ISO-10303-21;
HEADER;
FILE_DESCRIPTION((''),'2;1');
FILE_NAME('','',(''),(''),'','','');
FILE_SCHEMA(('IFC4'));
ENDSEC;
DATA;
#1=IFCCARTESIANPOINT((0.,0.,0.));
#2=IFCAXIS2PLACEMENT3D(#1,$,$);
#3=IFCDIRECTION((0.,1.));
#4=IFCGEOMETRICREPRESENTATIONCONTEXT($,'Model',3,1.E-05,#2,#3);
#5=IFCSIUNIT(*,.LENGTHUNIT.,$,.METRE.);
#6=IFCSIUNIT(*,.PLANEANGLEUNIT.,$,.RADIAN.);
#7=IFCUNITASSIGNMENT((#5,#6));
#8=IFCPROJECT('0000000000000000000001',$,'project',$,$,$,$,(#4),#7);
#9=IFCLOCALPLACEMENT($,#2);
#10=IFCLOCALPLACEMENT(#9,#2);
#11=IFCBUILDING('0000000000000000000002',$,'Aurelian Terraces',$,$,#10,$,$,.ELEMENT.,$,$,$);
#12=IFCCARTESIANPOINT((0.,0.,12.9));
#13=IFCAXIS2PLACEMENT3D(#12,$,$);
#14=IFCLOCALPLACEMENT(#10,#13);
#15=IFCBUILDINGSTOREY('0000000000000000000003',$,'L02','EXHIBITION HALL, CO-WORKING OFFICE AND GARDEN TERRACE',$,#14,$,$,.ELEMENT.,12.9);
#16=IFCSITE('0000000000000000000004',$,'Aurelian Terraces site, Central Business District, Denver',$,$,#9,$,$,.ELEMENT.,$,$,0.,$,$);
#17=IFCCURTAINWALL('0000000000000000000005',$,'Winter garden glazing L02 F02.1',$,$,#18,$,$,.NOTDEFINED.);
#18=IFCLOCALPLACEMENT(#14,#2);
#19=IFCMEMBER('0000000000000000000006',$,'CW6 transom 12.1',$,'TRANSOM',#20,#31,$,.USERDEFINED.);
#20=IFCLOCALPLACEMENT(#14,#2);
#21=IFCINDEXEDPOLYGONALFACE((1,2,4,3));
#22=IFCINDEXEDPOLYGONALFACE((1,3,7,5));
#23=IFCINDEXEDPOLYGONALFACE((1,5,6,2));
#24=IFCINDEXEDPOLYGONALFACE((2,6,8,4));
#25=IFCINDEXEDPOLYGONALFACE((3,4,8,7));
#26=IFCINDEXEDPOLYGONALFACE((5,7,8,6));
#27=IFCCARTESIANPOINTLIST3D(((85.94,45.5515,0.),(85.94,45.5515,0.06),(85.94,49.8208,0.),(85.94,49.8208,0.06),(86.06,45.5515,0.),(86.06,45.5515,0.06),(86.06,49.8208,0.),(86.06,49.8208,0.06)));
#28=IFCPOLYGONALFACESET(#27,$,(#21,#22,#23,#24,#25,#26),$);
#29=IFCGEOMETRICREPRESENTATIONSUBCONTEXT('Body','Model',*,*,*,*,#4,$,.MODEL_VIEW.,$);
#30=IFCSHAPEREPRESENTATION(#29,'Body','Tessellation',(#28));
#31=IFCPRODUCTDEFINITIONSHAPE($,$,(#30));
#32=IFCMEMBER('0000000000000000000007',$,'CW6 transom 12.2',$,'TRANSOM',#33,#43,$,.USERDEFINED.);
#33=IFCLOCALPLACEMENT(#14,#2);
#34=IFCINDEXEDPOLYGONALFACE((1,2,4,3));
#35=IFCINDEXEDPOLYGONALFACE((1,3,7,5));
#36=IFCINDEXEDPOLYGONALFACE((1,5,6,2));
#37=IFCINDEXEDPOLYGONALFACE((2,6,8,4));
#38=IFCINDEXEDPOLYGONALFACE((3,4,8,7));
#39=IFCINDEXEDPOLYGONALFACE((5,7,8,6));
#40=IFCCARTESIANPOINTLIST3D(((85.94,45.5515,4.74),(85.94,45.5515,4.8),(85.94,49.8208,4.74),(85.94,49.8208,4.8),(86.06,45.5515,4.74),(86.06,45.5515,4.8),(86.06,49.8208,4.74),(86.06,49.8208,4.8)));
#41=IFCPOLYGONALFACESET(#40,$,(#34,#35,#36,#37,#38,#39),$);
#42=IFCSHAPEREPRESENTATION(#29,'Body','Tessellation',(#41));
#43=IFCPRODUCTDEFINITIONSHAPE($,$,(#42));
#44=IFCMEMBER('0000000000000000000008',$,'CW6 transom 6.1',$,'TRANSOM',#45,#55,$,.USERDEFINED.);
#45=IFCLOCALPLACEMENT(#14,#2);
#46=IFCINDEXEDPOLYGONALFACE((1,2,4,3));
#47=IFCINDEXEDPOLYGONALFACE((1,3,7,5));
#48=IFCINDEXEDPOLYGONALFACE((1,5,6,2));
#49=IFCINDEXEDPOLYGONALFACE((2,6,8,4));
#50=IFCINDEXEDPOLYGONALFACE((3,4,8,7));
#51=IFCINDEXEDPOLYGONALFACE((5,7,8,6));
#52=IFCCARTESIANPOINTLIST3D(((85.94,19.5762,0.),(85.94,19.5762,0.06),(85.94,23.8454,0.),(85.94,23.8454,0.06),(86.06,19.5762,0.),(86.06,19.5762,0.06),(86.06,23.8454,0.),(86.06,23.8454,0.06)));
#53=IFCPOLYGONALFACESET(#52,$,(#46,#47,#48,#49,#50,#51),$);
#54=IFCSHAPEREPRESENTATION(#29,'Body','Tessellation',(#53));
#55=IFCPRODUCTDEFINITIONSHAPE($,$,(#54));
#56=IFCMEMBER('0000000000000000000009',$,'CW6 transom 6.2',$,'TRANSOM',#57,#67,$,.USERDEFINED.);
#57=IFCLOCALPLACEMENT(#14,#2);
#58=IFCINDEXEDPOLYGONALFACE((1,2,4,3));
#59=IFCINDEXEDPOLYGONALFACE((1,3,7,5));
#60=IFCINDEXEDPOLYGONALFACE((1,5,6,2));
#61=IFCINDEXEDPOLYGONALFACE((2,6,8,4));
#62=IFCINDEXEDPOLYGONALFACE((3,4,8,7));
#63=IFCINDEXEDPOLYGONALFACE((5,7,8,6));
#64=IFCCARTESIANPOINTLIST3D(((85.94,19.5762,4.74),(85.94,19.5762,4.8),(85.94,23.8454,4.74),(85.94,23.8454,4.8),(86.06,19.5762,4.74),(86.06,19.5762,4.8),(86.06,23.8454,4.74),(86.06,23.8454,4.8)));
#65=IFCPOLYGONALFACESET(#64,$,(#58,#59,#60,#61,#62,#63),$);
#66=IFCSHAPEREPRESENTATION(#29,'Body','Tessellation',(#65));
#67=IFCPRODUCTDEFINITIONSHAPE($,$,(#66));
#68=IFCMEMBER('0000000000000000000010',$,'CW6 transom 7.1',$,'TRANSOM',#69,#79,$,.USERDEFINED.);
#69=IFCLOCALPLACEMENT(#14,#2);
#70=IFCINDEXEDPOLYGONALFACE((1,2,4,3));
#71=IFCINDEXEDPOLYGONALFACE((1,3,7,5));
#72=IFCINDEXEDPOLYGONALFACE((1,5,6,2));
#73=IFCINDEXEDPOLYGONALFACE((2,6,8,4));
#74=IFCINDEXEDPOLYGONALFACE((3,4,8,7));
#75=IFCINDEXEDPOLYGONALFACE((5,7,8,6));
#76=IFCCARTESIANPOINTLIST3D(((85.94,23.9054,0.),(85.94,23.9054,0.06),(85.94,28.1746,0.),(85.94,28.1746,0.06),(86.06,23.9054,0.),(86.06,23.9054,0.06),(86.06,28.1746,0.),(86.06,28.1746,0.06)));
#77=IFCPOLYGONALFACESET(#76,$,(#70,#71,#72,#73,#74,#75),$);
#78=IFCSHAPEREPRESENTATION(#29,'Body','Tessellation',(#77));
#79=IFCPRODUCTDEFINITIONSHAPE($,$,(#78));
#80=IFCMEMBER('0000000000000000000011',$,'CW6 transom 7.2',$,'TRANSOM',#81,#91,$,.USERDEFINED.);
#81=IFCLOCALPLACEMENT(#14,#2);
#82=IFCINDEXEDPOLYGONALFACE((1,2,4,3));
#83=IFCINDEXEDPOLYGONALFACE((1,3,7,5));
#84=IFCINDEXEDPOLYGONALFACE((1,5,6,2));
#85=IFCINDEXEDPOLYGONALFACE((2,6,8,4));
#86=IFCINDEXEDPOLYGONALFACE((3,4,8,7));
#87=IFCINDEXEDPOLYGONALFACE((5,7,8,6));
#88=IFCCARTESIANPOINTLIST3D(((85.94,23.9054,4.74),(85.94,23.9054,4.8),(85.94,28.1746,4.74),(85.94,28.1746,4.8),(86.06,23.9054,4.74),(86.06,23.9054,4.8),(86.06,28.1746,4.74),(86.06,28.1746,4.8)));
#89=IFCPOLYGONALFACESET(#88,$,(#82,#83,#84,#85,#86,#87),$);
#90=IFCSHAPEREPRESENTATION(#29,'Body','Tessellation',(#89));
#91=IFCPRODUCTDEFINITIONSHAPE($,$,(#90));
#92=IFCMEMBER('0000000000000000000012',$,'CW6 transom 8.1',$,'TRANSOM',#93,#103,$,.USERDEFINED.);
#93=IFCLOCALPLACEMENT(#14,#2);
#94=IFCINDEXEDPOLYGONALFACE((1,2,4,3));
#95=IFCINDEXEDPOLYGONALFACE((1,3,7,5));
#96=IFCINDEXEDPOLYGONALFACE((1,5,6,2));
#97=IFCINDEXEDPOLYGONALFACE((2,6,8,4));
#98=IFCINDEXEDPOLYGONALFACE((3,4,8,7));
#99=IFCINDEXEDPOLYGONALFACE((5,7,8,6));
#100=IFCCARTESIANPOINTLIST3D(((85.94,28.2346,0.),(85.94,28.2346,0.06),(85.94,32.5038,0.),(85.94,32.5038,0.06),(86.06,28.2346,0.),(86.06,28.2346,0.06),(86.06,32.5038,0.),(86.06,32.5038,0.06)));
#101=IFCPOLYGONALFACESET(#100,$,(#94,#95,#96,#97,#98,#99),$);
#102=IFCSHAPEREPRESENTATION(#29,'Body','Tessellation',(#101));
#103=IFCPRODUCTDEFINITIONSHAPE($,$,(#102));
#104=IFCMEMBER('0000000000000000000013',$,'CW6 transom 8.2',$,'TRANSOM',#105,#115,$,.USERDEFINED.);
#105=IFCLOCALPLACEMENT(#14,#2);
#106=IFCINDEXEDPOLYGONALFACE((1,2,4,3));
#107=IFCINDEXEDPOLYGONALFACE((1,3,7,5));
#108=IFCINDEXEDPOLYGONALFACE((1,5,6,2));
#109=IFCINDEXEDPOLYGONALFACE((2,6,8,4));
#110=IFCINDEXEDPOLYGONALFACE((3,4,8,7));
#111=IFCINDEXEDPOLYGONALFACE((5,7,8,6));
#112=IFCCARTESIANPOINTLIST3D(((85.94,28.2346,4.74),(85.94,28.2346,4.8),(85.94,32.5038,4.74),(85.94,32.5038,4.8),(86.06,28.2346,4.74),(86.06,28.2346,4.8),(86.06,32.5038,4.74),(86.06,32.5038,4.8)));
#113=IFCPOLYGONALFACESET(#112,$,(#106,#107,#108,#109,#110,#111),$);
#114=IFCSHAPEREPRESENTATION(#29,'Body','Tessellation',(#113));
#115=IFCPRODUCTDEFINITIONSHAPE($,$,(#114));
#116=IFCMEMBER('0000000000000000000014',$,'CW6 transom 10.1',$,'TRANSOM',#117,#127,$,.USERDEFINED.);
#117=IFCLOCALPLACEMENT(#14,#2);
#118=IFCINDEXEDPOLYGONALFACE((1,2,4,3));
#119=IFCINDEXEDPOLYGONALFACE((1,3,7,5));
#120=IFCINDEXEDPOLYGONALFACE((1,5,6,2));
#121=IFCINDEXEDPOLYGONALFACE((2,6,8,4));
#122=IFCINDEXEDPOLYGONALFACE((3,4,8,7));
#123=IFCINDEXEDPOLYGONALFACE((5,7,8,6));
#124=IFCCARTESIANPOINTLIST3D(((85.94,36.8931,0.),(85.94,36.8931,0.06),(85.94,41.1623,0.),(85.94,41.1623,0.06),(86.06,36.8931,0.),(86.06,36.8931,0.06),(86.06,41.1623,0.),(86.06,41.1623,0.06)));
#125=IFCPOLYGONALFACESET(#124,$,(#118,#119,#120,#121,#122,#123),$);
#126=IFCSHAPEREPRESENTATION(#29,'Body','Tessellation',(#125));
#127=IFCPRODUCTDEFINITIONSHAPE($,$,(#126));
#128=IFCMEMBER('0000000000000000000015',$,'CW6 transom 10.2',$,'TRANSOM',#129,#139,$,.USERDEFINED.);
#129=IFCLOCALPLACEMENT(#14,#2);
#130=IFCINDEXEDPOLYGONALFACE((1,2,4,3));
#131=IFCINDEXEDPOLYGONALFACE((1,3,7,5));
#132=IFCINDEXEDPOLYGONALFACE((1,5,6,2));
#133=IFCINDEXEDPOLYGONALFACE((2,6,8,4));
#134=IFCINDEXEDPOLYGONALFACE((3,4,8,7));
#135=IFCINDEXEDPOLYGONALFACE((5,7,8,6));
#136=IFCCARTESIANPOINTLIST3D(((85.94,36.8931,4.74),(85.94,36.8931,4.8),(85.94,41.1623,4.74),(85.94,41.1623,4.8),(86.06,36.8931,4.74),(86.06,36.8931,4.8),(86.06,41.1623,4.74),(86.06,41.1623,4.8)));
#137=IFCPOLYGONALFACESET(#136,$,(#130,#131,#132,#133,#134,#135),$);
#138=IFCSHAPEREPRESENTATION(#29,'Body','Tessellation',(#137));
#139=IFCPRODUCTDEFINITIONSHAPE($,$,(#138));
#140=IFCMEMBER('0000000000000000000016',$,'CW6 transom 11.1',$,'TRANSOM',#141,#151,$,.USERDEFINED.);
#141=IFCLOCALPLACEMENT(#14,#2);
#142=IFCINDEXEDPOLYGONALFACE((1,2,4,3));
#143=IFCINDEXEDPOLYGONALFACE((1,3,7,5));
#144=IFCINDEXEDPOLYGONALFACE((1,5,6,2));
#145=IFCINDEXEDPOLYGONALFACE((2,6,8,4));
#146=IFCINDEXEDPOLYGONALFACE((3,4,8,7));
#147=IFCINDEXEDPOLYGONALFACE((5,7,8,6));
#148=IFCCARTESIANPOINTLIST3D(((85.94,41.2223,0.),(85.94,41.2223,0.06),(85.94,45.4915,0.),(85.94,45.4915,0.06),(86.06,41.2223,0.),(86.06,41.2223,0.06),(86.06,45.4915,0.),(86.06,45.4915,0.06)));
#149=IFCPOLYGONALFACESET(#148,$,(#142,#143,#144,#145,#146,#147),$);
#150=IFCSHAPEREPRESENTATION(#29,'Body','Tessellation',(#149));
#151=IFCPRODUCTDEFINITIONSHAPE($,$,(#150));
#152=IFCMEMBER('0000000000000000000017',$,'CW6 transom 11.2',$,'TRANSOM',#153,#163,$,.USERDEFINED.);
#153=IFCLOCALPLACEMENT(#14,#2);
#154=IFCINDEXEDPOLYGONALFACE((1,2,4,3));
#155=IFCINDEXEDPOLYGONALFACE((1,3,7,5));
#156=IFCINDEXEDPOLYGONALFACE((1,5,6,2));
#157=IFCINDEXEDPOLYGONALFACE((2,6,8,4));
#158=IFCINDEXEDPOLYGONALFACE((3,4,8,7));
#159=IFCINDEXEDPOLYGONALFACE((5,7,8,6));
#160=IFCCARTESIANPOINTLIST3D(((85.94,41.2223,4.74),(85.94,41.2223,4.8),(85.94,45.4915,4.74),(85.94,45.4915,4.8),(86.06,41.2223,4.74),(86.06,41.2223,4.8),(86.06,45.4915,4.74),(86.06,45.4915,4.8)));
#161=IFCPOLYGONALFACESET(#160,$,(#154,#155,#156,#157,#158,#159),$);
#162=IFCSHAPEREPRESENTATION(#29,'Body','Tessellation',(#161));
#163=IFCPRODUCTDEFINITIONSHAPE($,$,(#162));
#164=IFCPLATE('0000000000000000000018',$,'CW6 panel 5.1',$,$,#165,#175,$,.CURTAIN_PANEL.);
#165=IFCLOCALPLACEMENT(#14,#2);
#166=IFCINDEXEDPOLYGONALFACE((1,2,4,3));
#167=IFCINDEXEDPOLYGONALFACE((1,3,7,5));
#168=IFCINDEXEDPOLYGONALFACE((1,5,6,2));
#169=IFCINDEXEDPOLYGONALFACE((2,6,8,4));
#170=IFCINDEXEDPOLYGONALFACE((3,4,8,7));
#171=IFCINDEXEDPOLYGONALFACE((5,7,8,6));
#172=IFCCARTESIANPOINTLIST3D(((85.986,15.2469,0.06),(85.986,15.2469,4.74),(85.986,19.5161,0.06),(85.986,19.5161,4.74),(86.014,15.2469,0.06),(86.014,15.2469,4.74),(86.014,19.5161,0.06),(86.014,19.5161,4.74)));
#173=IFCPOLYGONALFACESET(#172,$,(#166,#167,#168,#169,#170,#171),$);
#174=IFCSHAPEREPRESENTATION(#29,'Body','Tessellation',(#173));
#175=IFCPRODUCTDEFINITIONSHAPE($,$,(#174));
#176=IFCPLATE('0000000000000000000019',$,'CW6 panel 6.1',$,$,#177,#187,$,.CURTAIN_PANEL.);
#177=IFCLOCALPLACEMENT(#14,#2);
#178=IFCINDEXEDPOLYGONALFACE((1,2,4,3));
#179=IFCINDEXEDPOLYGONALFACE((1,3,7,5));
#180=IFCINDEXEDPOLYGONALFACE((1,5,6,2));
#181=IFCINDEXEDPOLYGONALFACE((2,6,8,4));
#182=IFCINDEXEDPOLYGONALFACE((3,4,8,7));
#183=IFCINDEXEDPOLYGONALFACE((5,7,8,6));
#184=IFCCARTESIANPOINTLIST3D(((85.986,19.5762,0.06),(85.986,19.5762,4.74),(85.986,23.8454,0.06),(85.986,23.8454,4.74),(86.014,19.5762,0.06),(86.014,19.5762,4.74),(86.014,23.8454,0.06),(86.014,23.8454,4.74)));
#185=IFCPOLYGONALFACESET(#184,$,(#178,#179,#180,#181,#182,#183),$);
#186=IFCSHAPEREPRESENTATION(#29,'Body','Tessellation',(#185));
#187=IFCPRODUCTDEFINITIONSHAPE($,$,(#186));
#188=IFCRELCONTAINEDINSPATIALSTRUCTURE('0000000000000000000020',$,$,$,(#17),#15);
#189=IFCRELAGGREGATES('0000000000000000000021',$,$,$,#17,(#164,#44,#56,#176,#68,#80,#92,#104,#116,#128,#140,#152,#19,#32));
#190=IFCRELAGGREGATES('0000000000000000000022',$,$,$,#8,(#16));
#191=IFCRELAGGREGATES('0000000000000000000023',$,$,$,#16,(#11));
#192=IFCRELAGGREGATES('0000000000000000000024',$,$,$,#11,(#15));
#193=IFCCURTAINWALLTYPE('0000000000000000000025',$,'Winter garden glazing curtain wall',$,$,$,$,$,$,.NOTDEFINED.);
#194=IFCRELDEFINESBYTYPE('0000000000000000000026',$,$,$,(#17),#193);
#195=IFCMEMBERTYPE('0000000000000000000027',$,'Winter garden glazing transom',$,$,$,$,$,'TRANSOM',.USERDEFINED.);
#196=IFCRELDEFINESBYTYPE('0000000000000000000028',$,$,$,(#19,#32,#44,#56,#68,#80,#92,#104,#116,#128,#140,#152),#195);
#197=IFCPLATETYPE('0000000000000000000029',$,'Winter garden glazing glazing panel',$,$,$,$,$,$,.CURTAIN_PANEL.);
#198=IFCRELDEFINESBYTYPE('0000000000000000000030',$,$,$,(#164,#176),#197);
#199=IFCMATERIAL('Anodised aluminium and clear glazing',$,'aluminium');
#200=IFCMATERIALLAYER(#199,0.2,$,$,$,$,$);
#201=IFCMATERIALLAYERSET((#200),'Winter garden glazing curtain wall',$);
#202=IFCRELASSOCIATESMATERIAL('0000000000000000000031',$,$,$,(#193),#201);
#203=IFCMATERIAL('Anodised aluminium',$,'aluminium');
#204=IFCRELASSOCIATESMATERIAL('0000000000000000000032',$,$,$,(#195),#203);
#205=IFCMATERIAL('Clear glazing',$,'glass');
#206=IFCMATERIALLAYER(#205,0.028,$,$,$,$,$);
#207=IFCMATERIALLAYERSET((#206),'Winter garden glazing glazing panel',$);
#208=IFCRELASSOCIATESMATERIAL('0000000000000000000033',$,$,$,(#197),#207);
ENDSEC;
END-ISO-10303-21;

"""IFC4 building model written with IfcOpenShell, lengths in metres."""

from ifc_helpers import new_model, si_unit, direction, frame, origin, origin_2d, place, context, subcontext, project, spatial, rectangle, extrude, source, transform, mapped, material, layer, layer_set, material_profile, profile_set, type_object, element, aggregate, save


model = new_model("IFC4")

# Units and contexts
model_context = context("Model", 3, precision=1e-05, world=origin(), true_north=direction((0.0, 1.0)))
body_context = subcontext(model_context, "Body", "Model", "MODEL_VIEW")
ifc_project = project(units=[si_unit("LENGTHUNIT", "METRE"), si_unit("PLANEANGLEUNIT", "RADIAN")], contexts=[model_context])

# Site, building, storey
site_placement = place(None, origin())
site = spatial("IfcSite", under=ifc_project, at=site_placement, Name="Aurelian Terraces site, Central Business District, Denver", CompositionType="ELEMENT", RefElevation=0.0)
building_placement = place(site_placement, origin())
building = spatial("IfcBuilding", under=site, at=building_placement, Name="Aurelian Terraces", CompositionType="ELEMENT")
storey_placement = place(building_placement, frame((0.0, 0.0, 12.9)))
storey = spatial("IfcBuildingStorey", under=building, at=storey_placement, Name="L02", Description="EXHIBITION HALL, CO-WORKING OFFICE AND GARDEN TERRACE", CompositionType="ELEMENT", Elevation=12.9)

# Curtain wall, members, plates
ifc_material_1 = material(Name="Anodised aluminium and clear glazing", Category="aluminium")
ifc_layer_1 = layer(ifc_material_1, 0.2)
ifc_layer_set_1 = layer_set([ifc_layer_1], Name="Winter garden glazing curtain wall")
curtain_wall_type = type_object("IfcCurtainWallType", Name="Winter garden glazing curtain wall", PredefinedType="NOTDEFINED", material=ifc_layer_set_1)
curtain_wall_placement = place(storey_placement, origin())
curtain_wall = element("IfcCurtainWall", 1, at=curtain_wall_placement, inside=storey, type_object=curtain_wall_type, Name="Winter garden glazing L02 F02.1", PredefinedType="NOTDEFINED")
ifc_material_2 = material(Name="Anodised aluminium", Category="aluminium")
ifc_material_profile_1 = material_profile(ifc_material_2, rectangle(XDim=0.12, YDim=0.06, at=origin_2d()))
ifc_profile_set_1 = profile_set([ifc_material_profile_1], Name="Anodised aluminium")
member_type_1 = type_object("IfcMemberType", Name="Winter garden glazing transom", ElementType="TRANSOM", PredefinedType="USERDEFINED", material=ifc_profile_set_1)
shared_shape_1 = source(origin(), body_context, "Body", "SweptSolid", [
    extrude(rectangle(XDim=0.12, YDim=0.06, at=origin_2d()), origin(), (0.0, 0.0, 1.0), 4.2693),
])
member_1_placement = place(storey_placement, frame((86.0, 45.5515, 0.03), z_axis=(0.0, 1.0, 0.0), x_axis=(-1.0, 0.0, 0.0)))
member_1 = element("IfcMember", 2, at=member_1_placement, type_object=member_type_1, Name="CW6 transom 12.1", ObjectType="TRANSOM", PredefinedType="USERDEFINED", context=body_context, shape_type="MappedRepresentation", body=[
    mapped(shared_shape_1, transform((0.0, 0.0, 0.0), scale=1.0)),
])
member_2_placement = place(storey_placement, frame((86.0, 45.5515, 4.77), z_axis=(0.0, 1.0, 0.0), x_axis=(-1.0, 0.0, 0.0)))
member_2 = element("IfcMember", 3, at=member_2_placement, type_object=member_type_1, Name="CW6 transom 12.2", ObjectType="TRANSOM", PredefinedType="USERDEFINED", context=body_context, shape_type="MappedRepresentation", body=[
    mapped(shared_shape_1, transform((0.0, 0.0, 0.0), scale=1.0)),
])
shared_shape_2 = source(origin(), body_context, "Body", "SweptSolid", [
    extrude(rectangle(XDim=0.12, YDim=0.06, at=origin_2d()), origin(), (0.0, 0.0, 1.0), 4.2692),
])
member_3_placement = place(storey_placement, frame((86.0, 19.5762, 0.03), z_axis=(0.0, 1.0, 0.0), x_axis=(-1.0, 0.0, 0.0)))
member_3 = element("IfcMember", 4, at=member_3_placement, type_object=member_type_1, Name="CW6 transom 6.1", ObjectType="TRANSOM", PredefinedType="USERDEFINED", context=body_context, shape_type="MappedRepresentation", body=[
    mapped(shared_shape_2, transform((0.0, 0.0, 0.0), scale=1.0)),
])
member_4_placement = place(storey_placement, frame((86.0, 19.5762, 4.77), z_axis=(0.0, 1.0, 0.0), x_axis=(-1.0, 0.0, 0.0)))
member_4 = element("IfcMember", 5, at=member_4_placement, type_object=member_type_1, Name="CW6 transom 6.2", ObjectType="TRANSOM", PredefinedType="USERDEFINED", context=body_context, shape_type="MappedRepresentation", body=[
    mapped(shared_shape_2, transform((0.0, 0.0, 0.0), scale=1.0)),
])
member_5_placement = place(storey_placement, frame((86.0, 23.9054, 0.03), z_axis=(0.0, 1.0, 0.0), x_axis=(-1.0, 0.0, 0.0)))
member_5 = element("IfcMember", 6, at=member_5_placement, type_object=member_type_1, Name="CW6 transom 7.1", ObjectType="TRANSOM", PredefinedType="USERDEFINED", context=body_context, shape_type="MappedRepresentation", body=[
    mapped(shared_shape_2, transform((0.0, 0.0, 0.0), scale=1.0)),
])
member_6_placement = place(storey_placement, frame((86.0, 23.9054, 4.77), z_axis=(0.0, 1.0, 0.0), x_axis=(-1.0, 0.0, 0.0)))
member_6 = element("IfcMember", 7, at=member_6_placement, type_object=member_type_1, Name="CW6 transom 7.2", ObjectType="TRANSOM", PredefinedType="USERDEFINED", context=body_context, shape_type="MappedRepresentation", body=[
    mapped(shared_shape_2, transform((0.0, 0.0, 0.0), scale=1.0)),
])
member_7_placement = place(storey_placement, frame((86.0, 28.2346, 0.03), z_axis=(0.0, 1.0, 0.0), x_axis=(-1.0, 0.0, 0.0)))
member_7 = element("IfcMember", 8, at=member_7_placement, type_object=member_type_1, Name="CW6 transom 8.1", ObjectType="TRANSOM", PredefinedType="USERDEFINED", context=body_context, shape_type="MappedRepresentation", body=[
    mapped(shared_shape_2, transform((0.0, 0.0, 0.0), scale=1.0)),
])
member_8_placement = place(storey_placement, frame((86.0, 28.2346, 4.77), z_axis=(0.0, 1.0, 0.0), x_axis=(-1.0, 0.0, 0.0)))
member_8 = element("IfcMember", 9, at=member_8_placement, type_object=member_type_1, Name="CW6 transom 8.2", ObjectType="TRANSOM", PredefinedType="USERDEFINED", context=body_context, shape_type="MappedRepresentation", body=[
    mapped(shared_shape_2, transform((0.0, 0.0, 0.0), scale=1.0)),
])
member_9_placement = place(storey_placement, frame((86.0, 36.8931, 0.03), z_axis=(0.0, 1.0, 0.0), x_axis=(-1.0, 0.0, 0.0)))
member_9 = element("IfcMember", 10, at=member_9_placement, type_object=member_type_1, Name="CW6 transom 10.1", ObjectType="TRANSOM", PredefinedType="USERDEFINED", context=body_context, shape_type="MappedRepresentation", body=[
    mapped(shared_shape_2, transform((0.0, 0.0, 0.0), scale=1.0)),
])
member_10_placement = place(storey_placement, frame((86.0, 36.8931, 4.77), z_axis=(0.0, 1.0, 0.0), x_axis=(-1.0, 0.0, 0.0)))
member_10 = element("IfcMember", 11, at=member_10_placement, type_object=member_type_1, Name="CW6 transom 10.2", ObjectType="TRANSOM", PredefinedType="USERDEFINED", context=body_context, shape_type="MappedRepresentation", body=[
    mapped(shared_shape_2, transform((0.0, 0.0, 0.0), scale=1.0)),
])
member_11_placement = place(storey_placement, frame((86.0, 41.2223, 0.03), z_axis=(0.0, 1.0, 0.0), x_axis=(-1.0, 0.0, 0.0)))
member_11 = element("IfcMember", 12, at=member_11_placement, type_object=member_type_1, Name="CW6 transom 11.1", ObjectType="TRANSOM", PredefinedType="USERDEFINED", context=body_context, shape_type="MappedRepresentation", body=[
    mapped(shared_shape_2, transform((0.0, 0.0, 0.0), scale=1.0)),
])
member_12_placement = place(storey_placement, frame((86.0, 41.2223, 4.77), z_axis=(0.0, 1.0, 0.0), x_axis=(-1.0, 0.0, 0.0)))
member_12 = element("IfcMember", 13, at=member_12_placement, type_object=member_type_1, Name="CW6 transom 11.2", ObjectType="TRANSOM", PredefinedType="USERDEFINED", context=body_context, shape_type="MappedRepresentation", body=[
    mapped(shared_shape_2, transform((0.0, 0.0, 0.0), scale=1.0)),
])
ifc_material_3 = material(Name="Clear glazing", Category="glass")
ifc_layer_2 = layer(ifc_material_3, 0.028)
ifc_layer_set_2 = layer_set([ifc_layer_2], Name="Winter garden glazing glazing panel")
plate_type = type_object("IfcPlateType", Name="Winter garden glazing glazing panel", PredefinedType="CURTAIN_PANEL", material=ifc_layer_set_2)
shared_shape_3 = source(origin(), body_context, "Body", "SweptSolid", [
    extrude(rectangle(XDim=4.2692, YDim=0.028, at=origin_2d()), origin(), (0.0, 0.0, 1.0), 4.68),
])
plate_1_placement = place(storey_placement, frame((86.0, 17.3815, 0.06), z_axis=(0.0, 0.0, 1.0), x_axis=(0.0, 1.0, 0.0)))
plate_1 = element("IfcPlate", 14, at=plate_1_placement, type_object=plate_type, Name="CW6 panel 5.1", PredefinedType="CURTAIN_PANEL", context=body_context, shape_type="MappedRepresentation", body=[
    mapped(shared_shape_3, transform((0.0, 0.0, 0.0), scale=1.0)),
])
plate_2_placement = place(storey_placement, frame((86.0, 21.7108, 0.06), z_axis=(0.0, 0.0, 1.0), x_axis=(0.0, 1.0, 0.0)))
plate_2 = element("IfcPlate", 15, at=plate_2_placement, type_object=plate_type, Name="CW6 panel 6.1", PredefinedType="CURTAIN_PANEL", context=body_context, shape_type="MappedRepresentation", body=[
    mapped(shared_shape_3, transform((0.0, 0.0, 0.0), scale=1.0)),
])
aggregate(curtain_wall, [plate_1, member_3, member_4, plate_2, member_5, member_6, member_7, member_8, member_9, member_10, member_11, member_12, member_1, member_2])

save(model, "model.ifc")
